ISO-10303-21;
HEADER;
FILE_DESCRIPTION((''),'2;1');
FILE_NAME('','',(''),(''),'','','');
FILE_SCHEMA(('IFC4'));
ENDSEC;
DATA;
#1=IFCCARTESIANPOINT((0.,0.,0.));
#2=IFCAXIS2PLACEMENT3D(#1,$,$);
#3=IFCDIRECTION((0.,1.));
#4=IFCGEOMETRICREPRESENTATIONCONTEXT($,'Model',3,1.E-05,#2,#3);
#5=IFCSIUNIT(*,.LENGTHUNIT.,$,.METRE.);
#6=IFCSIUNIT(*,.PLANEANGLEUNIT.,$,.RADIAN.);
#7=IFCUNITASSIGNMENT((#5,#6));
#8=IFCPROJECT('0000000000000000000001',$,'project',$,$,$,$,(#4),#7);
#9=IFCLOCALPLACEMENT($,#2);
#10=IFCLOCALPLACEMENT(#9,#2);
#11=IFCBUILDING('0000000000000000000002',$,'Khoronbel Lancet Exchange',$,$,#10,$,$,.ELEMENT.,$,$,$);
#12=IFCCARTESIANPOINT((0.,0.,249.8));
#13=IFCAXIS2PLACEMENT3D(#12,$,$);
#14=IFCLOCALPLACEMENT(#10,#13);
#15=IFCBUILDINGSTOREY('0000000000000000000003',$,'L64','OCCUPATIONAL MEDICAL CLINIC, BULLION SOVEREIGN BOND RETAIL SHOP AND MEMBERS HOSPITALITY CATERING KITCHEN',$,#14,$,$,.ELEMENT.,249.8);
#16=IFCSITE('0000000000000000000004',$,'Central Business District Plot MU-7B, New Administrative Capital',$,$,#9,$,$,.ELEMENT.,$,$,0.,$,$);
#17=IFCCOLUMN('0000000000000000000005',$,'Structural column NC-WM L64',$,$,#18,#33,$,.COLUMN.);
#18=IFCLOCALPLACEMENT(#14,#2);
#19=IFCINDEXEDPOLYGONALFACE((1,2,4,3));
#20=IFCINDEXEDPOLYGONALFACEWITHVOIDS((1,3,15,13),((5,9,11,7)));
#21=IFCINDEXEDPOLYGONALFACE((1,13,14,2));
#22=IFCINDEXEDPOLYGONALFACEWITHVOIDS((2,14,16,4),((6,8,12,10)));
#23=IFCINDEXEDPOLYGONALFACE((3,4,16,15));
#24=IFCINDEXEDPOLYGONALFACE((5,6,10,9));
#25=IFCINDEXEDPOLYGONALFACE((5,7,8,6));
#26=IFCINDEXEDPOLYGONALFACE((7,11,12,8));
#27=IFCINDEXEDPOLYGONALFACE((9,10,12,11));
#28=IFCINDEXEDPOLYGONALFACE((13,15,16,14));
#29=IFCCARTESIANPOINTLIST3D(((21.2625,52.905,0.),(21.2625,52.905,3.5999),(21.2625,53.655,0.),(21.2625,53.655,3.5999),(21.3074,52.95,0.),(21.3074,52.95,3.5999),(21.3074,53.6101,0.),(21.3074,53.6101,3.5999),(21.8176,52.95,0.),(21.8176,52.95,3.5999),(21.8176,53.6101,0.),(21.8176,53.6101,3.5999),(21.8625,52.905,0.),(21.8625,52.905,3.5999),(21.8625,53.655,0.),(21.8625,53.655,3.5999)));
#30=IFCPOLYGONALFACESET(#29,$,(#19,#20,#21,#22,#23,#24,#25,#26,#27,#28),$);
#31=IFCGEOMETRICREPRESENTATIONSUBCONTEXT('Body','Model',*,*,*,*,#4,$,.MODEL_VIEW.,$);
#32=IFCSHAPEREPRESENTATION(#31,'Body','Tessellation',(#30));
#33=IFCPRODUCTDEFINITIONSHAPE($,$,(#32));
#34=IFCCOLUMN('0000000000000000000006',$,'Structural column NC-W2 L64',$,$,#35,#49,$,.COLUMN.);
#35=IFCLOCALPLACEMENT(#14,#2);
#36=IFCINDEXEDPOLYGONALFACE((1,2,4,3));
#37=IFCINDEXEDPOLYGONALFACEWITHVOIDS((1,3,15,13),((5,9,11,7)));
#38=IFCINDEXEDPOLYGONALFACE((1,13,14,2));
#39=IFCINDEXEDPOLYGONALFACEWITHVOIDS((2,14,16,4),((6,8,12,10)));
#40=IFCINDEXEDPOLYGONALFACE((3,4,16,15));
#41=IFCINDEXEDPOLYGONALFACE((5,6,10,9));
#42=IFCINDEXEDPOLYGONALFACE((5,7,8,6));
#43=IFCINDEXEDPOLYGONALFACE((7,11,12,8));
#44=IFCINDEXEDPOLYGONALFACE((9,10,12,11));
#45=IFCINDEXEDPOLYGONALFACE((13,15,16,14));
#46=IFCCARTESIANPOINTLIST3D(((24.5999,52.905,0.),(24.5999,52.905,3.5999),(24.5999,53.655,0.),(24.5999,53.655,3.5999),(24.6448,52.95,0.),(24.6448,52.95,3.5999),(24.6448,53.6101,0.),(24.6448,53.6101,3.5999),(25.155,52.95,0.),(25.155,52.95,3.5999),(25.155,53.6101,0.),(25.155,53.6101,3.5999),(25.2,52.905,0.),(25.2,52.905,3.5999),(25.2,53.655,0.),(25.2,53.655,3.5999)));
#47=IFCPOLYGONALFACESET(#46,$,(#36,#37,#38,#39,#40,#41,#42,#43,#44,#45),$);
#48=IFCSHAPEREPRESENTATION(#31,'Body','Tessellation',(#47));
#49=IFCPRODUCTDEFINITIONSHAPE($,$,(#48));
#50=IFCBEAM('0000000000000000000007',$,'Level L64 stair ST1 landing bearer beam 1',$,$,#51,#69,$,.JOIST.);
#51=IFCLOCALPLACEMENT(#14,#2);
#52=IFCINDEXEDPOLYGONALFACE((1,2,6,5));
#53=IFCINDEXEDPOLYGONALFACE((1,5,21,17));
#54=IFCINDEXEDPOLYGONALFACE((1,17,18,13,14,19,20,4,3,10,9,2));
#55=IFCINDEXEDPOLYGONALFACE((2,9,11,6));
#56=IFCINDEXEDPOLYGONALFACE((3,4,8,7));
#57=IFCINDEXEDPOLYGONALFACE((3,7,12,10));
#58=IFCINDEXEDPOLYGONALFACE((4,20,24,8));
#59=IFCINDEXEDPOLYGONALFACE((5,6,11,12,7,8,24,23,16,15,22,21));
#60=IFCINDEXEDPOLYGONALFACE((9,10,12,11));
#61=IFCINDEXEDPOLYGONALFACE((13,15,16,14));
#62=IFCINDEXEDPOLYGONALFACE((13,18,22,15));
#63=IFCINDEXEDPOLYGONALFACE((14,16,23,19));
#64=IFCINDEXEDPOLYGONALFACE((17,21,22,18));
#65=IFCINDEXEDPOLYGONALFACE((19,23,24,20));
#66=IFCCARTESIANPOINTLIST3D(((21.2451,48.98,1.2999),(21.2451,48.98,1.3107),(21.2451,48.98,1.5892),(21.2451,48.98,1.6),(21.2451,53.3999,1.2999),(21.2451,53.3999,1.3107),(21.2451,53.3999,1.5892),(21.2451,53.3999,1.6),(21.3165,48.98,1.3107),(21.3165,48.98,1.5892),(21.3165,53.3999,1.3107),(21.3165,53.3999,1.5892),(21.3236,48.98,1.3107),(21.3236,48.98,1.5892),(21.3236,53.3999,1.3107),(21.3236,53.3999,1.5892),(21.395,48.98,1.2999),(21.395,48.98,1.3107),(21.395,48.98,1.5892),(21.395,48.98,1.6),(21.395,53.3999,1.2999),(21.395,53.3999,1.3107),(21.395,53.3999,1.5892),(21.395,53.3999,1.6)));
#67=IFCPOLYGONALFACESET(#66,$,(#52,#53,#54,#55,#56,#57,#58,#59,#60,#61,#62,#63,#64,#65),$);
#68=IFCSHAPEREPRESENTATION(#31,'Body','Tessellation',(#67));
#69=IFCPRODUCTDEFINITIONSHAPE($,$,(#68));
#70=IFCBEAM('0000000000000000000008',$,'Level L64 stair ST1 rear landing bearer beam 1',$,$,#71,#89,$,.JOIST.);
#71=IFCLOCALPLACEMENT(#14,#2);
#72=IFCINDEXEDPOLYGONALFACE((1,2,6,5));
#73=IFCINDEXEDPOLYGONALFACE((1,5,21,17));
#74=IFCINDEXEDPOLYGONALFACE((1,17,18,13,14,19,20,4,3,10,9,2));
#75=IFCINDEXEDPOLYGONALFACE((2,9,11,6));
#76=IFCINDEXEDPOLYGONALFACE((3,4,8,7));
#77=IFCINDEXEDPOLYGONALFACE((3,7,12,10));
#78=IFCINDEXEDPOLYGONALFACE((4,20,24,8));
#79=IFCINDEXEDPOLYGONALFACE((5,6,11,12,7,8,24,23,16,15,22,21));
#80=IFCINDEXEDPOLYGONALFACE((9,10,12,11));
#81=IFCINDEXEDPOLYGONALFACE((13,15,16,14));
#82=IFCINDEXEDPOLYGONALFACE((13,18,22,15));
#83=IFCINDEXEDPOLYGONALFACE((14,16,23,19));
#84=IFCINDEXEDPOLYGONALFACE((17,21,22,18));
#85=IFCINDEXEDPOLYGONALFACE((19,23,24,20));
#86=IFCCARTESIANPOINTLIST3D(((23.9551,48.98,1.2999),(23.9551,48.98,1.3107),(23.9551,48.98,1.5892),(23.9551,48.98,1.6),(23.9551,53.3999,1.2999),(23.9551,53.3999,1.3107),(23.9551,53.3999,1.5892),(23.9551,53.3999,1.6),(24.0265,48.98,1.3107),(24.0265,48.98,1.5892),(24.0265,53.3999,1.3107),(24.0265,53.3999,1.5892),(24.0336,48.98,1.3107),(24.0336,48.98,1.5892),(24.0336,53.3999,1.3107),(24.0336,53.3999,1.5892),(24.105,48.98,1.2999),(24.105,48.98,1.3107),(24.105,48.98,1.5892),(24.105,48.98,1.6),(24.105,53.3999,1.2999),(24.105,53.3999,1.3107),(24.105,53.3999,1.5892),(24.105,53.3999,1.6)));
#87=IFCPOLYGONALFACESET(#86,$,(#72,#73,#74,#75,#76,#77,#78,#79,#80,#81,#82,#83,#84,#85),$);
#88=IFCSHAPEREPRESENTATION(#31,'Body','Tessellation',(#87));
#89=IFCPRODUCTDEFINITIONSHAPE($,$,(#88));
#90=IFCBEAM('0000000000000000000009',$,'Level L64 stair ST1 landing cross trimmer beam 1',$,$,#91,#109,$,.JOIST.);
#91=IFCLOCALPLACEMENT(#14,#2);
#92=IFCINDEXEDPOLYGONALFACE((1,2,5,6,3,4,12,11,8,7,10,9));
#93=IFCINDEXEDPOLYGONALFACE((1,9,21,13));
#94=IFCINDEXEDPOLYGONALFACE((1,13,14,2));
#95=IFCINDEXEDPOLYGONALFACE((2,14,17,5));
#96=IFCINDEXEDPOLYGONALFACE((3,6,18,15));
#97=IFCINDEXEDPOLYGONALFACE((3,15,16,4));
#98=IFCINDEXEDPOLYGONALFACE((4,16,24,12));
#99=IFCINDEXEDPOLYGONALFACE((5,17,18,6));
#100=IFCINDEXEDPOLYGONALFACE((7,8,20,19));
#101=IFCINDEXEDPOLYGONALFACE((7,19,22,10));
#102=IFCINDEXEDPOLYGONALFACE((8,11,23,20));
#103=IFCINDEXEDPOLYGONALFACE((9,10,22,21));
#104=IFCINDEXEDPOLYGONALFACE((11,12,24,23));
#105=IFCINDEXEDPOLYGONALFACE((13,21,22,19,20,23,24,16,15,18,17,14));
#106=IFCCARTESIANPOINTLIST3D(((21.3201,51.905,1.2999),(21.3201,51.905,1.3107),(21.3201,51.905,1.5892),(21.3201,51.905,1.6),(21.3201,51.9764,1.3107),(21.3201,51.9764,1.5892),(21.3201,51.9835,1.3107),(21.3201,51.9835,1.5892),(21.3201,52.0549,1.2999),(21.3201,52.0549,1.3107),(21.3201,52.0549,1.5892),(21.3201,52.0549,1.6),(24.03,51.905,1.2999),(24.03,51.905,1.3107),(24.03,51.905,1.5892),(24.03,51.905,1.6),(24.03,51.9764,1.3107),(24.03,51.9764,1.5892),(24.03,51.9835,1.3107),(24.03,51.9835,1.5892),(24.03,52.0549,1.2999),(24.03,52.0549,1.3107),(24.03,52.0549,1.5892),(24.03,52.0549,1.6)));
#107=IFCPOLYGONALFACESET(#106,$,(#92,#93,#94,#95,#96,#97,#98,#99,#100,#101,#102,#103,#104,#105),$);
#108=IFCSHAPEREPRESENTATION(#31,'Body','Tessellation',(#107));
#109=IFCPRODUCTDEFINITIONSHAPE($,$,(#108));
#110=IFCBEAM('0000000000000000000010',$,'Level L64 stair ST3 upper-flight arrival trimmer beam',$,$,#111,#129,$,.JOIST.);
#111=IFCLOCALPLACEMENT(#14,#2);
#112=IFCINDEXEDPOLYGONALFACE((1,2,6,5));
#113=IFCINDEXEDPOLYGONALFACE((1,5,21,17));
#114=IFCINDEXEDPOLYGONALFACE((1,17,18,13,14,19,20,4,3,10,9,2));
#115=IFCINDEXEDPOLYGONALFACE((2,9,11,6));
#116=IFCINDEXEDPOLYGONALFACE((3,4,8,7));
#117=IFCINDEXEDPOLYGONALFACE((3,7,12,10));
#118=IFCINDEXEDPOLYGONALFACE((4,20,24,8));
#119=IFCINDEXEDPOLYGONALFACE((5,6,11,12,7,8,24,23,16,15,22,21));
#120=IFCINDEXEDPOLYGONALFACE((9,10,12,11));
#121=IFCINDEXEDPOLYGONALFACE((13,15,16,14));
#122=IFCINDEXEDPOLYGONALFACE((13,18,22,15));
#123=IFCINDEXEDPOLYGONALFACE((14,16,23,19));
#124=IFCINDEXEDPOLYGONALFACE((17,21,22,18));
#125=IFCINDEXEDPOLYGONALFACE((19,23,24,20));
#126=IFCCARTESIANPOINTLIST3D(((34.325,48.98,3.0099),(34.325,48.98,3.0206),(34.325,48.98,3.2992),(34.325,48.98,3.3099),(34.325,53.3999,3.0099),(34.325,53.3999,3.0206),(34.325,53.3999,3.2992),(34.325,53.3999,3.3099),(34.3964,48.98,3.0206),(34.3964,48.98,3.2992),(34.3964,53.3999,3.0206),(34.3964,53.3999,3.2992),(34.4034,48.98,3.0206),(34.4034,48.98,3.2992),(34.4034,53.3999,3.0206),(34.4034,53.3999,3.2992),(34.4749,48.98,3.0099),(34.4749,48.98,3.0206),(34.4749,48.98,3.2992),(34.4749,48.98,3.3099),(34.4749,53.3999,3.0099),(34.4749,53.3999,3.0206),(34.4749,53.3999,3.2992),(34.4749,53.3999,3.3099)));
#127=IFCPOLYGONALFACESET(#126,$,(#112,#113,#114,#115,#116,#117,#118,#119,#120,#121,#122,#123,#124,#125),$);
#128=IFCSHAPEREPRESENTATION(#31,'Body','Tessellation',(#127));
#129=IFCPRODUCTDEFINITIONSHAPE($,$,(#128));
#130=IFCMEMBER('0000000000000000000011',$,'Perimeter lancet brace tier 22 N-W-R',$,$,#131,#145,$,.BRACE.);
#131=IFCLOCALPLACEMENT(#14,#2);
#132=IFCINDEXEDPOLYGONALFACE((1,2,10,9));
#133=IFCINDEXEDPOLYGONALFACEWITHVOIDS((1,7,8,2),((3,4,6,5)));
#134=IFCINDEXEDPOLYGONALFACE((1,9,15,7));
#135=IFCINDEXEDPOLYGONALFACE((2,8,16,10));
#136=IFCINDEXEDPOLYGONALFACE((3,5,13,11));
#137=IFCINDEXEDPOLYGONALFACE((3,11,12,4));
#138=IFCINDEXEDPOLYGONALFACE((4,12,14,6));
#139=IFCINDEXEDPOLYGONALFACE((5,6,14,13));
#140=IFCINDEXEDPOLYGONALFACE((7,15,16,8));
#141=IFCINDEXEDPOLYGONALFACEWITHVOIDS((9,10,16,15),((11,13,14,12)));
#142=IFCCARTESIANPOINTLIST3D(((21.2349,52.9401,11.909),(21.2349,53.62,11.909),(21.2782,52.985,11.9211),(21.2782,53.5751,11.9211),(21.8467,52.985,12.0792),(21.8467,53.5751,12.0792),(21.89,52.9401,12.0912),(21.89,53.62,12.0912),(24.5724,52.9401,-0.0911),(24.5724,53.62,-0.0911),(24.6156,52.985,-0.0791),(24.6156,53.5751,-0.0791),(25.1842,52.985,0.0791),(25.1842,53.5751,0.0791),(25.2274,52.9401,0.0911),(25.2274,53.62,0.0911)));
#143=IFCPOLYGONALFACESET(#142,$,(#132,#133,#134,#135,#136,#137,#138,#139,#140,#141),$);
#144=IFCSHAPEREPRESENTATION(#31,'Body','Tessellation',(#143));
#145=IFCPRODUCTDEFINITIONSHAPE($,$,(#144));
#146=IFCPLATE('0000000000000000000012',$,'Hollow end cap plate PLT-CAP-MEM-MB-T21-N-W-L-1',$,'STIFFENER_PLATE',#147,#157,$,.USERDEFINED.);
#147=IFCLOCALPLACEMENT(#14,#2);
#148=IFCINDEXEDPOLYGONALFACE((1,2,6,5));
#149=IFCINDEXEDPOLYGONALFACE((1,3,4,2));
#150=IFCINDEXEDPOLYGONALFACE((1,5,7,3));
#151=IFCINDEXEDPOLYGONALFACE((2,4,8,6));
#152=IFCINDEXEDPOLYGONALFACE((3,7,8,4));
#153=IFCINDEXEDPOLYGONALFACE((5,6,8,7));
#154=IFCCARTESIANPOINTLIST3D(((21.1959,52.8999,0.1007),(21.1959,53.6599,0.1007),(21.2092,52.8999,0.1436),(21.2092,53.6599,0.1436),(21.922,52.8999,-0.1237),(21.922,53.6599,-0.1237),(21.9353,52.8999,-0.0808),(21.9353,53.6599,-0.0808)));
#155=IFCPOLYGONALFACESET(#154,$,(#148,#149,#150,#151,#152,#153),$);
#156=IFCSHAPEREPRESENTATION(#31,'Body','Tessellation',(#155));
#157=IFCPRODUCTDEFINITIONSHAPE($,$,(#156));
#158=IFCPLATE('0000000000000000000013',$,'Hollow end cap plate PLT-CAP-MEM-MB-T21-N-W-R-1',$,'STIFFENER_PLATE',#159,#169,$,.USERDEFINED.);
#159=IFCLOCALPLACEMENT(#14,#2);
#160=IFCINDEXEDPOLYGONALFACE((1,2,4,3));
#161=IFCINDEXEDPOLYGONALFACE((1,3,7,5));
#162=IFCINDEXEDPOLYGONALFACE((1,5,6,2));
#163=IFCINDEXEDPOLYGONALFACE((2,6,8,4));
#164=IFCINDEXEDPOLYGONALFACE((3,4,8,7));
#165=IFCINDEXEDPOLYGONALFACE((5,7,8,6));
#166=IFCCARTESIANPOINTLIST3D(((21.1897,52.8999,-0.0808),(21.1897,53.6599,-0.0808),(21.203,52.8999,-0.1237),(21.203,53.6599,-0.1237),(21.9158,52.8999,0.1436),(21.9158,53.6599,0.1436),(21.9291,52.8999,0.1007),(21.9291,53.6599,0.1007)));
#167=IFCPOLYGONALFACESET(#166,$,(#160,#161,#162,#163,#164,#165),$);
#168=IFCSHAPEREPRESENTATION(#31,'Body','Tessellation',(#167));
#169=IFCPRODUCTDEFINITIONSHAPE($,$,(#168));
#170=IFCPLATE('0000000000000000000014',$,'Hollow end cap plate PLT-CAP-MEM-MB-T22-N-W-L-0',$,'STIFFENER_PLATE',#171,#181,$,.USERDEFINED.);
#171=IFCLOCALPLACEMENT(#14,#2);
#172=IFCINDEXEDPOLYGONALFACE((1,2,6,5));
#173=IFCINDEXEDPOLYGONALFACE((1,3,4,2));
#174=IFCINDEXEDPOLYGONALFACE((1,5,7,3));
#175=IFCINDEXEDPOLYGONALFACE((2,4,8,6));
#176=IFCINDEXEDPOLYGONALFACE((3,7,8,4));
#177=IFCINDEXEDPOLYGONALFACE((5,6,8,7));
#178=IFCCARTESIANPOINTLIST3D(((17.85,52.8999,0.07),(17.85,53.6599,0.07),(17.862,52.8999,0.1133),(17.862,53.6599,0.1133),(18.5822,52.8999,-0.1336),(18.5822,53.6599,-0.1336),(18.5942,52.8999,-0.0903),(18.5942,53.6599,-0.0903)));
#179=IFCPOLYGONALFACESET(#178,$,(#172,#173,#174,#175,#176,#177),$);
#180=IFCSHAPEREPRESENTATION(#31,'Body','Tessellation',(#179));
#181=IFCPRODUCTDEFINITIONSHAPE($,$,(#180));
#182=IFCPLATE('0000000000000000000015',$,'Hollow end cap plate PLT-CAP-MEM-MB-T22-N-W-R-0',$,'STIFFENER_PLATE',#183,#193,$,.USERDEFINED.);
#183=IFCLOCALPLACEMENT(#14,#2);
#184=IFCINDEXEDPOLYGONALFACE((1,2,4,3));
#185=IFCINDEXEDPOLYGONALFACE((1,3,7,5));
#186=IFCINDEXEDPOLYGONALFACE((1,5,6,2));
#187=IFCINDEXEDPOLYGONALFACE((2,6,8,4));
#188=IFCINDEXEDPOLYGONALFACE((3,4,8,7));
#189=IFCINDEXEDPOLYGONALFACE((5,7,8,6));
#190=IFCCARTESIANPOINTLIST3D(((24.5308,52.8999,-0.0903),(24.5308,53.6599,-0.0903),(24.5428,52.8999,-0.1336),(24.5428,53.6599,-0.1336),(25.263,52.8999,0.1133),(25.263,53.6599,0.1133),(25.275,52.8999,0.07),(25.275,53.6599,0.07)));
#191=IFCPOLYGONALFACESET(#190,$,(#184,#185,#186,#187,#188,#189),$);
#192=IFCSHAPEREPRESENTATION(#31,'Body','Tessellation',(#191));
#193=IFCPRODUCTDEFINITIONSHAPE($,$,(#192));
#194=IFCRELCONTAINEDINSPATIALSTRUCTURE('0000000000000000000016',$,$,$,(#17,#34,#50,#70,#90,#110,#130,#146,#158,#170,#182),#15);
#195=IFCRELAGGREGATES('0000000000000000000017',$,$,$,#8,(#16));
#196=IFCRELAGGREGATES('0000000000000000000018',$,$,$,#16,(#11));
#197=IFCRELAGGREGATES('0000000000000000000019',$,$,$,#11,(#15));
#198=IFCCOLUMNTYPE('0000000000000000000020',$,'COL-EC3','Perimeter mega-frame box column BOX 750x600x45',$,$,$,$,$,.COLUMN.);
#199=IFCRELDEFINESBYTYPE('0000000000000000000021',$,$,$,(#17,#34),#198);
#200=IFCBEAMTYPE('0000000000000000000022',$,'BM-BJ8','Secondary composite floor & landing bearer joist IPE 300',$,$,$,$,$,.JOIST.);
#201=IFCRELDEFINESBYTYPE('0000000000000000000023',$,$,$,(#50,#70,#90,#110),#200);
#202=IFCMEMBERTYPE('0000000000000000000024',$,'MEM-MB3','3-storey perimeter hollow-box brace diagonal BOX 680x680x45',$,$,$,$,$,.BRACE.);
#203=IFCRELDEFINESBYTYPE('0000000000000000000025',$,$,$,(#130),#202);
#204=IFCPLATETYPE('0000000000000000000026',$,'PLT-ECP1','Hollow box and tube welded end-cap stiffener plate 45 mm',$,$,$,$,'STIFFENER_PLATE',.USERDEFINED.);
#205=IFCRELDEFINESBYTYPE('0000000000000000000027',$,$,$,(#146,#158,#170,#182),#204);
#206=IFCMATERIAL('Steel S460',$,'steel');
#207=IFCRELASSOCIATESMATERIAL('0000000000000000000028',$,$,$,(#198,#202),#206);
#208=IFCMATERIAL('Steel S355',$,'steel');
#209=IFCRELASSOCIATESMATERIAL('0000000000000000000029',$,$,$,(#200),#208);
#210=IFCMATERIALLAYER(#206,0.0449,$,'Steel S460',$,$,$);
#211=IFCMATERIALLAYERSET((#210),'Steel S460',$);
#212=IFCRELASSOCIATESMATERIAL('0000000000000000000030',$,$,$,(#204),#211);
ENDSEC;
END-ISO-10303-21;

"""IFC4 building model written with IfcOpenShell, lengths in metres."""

from ifc_helpers import new_model, si_unit, direction, frame, origin, origin_2d, place, context, subcontext, project, spatial, polyline, hollow_rectangle, i_section, outline, extrude, material, layer, layer_set, material_profile, profile_set, type_object, element, save


model = new_model("IFC4")

# Units and contexts
model_context = context("Model", 3, precision=1e-05, world=origin(), true_north=direction((0.0, 1.0)))
body_context = subcontext(model_context, "Body", "Model", "MODEL_VIEW")
ifc_project = project(units=[si_unit("LENGTHUNIT", "METRE"), si_unit("PLANEANGLEUNIT", "RADIAN")], contexts=[model_context])

# Site, building, storey
site_placement = place(None, origin())
site = spatial("IfcSite", under=ifc_project, at=site_placement, Name="Central Business District Plot MU-7B, New Administrative Capital", CompositionType="ELEMENT", RefElevation=0.0)
building_placement = place(site_placement, origin())
building = spatial("IfcBuilding", under=site, at=building_placement, Name="Khoronbel Lancet Exchange", CompositionType="ELEMENT")
storey_placement = place(building_placement, frame((0.0, 0.0, 249.8)))
storey = spatial("IfcBuildingStorey", under=building, at=storey_placement, Name="L64", Description="OCCUPATIONAL MEDICAL CLINIC, BULLION SOVEREIGN BOND RETAIL SHOP AND MEMBERS HOSPITALITY CATERING KITCHEN", CompositionType="ELEMENT", Elevation=249.8)

# Columns
ifc_material_1 = material(Name="Steel S460", Category="steel")
ifc_material_profile_1 = material_profile(ifc_material_1, hollow_rectangle(XDim=0.6001, YDim=0.75, WallThickness=0.0449, at=origin_2d()), Name="BOX 750x600x45")
ifc_profile_set_1 = profile_set([ifc_material_profile_1], Name="Steel S460")
column_type = type_object("IfcColumnType", Name="COL-EC3", Description="Perimeter mega-frame box column BOX 750x600x45", PredefinedType="COLUMN", material=ifc_profile_set_1)
for number, where, z_axis, x_axis, name in (
    (1, (21.5625, 53.28, 0.0), (0.0, 0.0, 1.0), (1.0, 0.0, 0.0), "Structural column NC-WM L64"),
    (2, (24.8999, 53.28, 0.0), (0.0, 0.0, 1.0), (1.0, 0.0, 0.0), "Structural column NC-W2 L64"),
):
    element("IfcColumn", number, at=place(storey_placement, frame(where, z_axis=z_axis, x_axis=x_axis)), inside=storey, type_object=column_type, Name=name, PredefinedType="COLUMN", context=body_context, shape_type="SweptSolid", body=[
        extrude(hollow_rectangle(XDim=0.6001, YDim=0.75, WallThickness=0.0449, at=origin_2d()), origin(), (0.0, 0.0, 1.0), 3.5999),
    ])

# Beams
ifc_material_2 = material(Name="Steel S355", Category="steel")
ifc_material_profile_2 = material_profile(ifc_material_2, i_section(OverallWidth=0.1499, OverallDepth=0.3, WebThickness=0.0071, FlangeThickness=0.0107, at=origin_2d()), Name="IPE 300")
ifc_profile_set_2 = profile_set([ifc_material_profile_2], Name="Steel S355")
beam_type = type_object("IfcBeamType", Name="BM-BJ8", Description="Secondary composite floor & landing bearer joist IPE 300", PredefinedType="JOIST", material=ifc_profile_set_2)
for number, where, z_axis, x_axis, name in (
    (3, (21.3201, 48.98, 1.45), (0.0, 1.0, 0.0), (-1.0, 0.0, 0.0), "Level L64 stair ST1 landing bearer beam 1"),
    (4, (24.03, 48.98, 1.45), (0.0, 1.0, 0.0), (-1.0, 0.0, 0.0), "Level L64 stair ST1 rear landing bearer beam 1"),
):
    element("IfcBeam", number, at=place(storey_placement, frame(where, z_axis=z_axis, x_axis=x_axis)), inside=storey, type_object=beam_type, Name=name, PredefinedType="JOIST", context=body_context, shape_type="SweptSolid", body=[
        extrude(i_section(OverallWidth=0.1499, OverallDepth=0.3, WebThickness=0.0071, FlangeThickness=0.0107, at=origin_2d()), origin(), (0.0, 0.0, 1.0), 4.4199),
    ])
beam_1_placement = place(storey_placement, frame((21.3201, 51.98, 1.45), z_axis=(1.0, 0.0, 0.0), x_axis=(0.0, 1.0, 0.0)))
element("IfcBeam", 5, at=beam_1_placement, inside=storey, type_object=beam_type, Name="Level L64 stair ST1 landing cross trimmer beam 1", PredefinedType="JOIST", context=body_context, shape_type="SweptSolid", body=[
    extrude(i_section(OverallWidth=0.1499, OverallDepth=0.3, WebThickness=0.0071, FlangeThickness=0.0107, at=origin_2d()), origin(), (0.0, 0.0, 1.0), 2.71),
])
beam_2_placement = place(storey_placement, frame((34.3999, 48.98, 3.1599), z_axis=(0.0, 1.0, 0.0), x_axis=(-1.0, 0.0, 0.0)))
element("IfcBeam", 6, at=beam_2_placement, inside=storey, type_object=beam_type, Name="Level L64 stair ST3 upper-flight arrival trimmer beam", PredefinedType="JOIST", context=body_context, shape_type="SweptSolid", body=[
    extrude(i_section(OverallWidth=0.1499, OverallDepth=0.3, WebThickness=0.0071, FlangeThickness=0.0107, at=origin_2d()), origin(), (0.0, 0.0, 1.0), 4.4199),
])

# Member
ifc_material_profile_3 = material_profile(ifc_material_1, hollow_rectangle(XDim=0.6799, YDim=0.6799, WallThickness=0.0449, at=origin_2d()), Name="BOX 680x680x45")
ifc_profile_set_3 = profile_set([ifc_material_profile_3], Name="Steel S460")
member_type = type_object("IfcMemberType", Name="MEM-MB3", Description="3-storey perimeter hollow-box brace diagonal BOX 680x680x45", PredefinedType="BRACE", material=ifc_profile_set_3)
member_placement = place(storey_placement, frame((24.8999, 53.28, 0.0), z_axis=(-0.267947, 0.0, 0.963434), x_axis=(0.0, -1.0, 0.0)))
element("IfcMember", 7, at=member_placement, inside=storey, type_object=member_type, Name="Perimeter lancet brace tier 22 N-W-R", PredefinedType="BRACE", context=body_context, shape_type="SweptSolid", body=[
    extrude(hollow_rectangle(XDim=0.6799, YDim=0.6799, WallThickness=0.0449, at=origin_2d()), origin(), (0.0, 0.0, 1.0), 12.4556),
])

# Plates
ifc_layer_1 = layer(ifc_material_1, 0.0449, Name="Steel S460")
ifc_layer_set_1 = layer_set([ifc_layer_1], Name="Steel S460")
plate_type = type_object("IfcPlateType", Name="PLT-ECP1", Description="Hollow box and tube welded end-cap stiffener plate 45 mm", ElementType="STIFFENER_PLATE", PredefinedType="USERDEFINED", material=ifc_layer_set_1)
for number, where, z_axis, x_axis, name in (
    (8, (21.9353, 52.8999, -0.0808), (0.295237, 0.0, 0.955424), (0.0, 1.0, 0.0), "Hollow end cap plate PLT-CAP-MEM-MB-T21-N-W-L-1"),
    (9, (21.1897, 53.6599, -0.0808), (-0.295237, 0.0, 0.955424), (0.0, -1.0, 0.0), "Hollow end cap plate PLT-CAP-MEM-MB-T21-N-W-R-1"),
    (10, (18.5942, 52.8999, -0.0903), (0.267926, 0.0, 0.96344), (0.0, 1.0, 0.0), "Hollow end cap plate PLT-CAP-MEM-MB-T22-N-W-L-0"),
    (11, (24.5308, 53.6599, -0.0903), (-0.267926, 0.0, 0.96344), (0.0, -1.0, 0.0), "Hollow end cap plate PLT-CAP-MEM-MB-T22-N-W-R-0"),
):
    element("IfcPlate", number, at=place(storey_placement, frame(where, z_axis=z_axis, x_axis=x_axis)), inside=storey, type_object=plate_type, Name=name, ObjectType="STIFFENER_PLATE", PredefinedType="USERDEFINED", context=body_context, shape_type="SweptSolid", body=[
        extrude(outline(polyline([(0.0, 0.0), (0.76, 0.0), (0.76, 0.76), (0.0, 0.76), (0.0, 0.0)])), origin(), (0.0, 0.0, -1.0), 0.0449),
    ])

save(model, "model.ifc")
